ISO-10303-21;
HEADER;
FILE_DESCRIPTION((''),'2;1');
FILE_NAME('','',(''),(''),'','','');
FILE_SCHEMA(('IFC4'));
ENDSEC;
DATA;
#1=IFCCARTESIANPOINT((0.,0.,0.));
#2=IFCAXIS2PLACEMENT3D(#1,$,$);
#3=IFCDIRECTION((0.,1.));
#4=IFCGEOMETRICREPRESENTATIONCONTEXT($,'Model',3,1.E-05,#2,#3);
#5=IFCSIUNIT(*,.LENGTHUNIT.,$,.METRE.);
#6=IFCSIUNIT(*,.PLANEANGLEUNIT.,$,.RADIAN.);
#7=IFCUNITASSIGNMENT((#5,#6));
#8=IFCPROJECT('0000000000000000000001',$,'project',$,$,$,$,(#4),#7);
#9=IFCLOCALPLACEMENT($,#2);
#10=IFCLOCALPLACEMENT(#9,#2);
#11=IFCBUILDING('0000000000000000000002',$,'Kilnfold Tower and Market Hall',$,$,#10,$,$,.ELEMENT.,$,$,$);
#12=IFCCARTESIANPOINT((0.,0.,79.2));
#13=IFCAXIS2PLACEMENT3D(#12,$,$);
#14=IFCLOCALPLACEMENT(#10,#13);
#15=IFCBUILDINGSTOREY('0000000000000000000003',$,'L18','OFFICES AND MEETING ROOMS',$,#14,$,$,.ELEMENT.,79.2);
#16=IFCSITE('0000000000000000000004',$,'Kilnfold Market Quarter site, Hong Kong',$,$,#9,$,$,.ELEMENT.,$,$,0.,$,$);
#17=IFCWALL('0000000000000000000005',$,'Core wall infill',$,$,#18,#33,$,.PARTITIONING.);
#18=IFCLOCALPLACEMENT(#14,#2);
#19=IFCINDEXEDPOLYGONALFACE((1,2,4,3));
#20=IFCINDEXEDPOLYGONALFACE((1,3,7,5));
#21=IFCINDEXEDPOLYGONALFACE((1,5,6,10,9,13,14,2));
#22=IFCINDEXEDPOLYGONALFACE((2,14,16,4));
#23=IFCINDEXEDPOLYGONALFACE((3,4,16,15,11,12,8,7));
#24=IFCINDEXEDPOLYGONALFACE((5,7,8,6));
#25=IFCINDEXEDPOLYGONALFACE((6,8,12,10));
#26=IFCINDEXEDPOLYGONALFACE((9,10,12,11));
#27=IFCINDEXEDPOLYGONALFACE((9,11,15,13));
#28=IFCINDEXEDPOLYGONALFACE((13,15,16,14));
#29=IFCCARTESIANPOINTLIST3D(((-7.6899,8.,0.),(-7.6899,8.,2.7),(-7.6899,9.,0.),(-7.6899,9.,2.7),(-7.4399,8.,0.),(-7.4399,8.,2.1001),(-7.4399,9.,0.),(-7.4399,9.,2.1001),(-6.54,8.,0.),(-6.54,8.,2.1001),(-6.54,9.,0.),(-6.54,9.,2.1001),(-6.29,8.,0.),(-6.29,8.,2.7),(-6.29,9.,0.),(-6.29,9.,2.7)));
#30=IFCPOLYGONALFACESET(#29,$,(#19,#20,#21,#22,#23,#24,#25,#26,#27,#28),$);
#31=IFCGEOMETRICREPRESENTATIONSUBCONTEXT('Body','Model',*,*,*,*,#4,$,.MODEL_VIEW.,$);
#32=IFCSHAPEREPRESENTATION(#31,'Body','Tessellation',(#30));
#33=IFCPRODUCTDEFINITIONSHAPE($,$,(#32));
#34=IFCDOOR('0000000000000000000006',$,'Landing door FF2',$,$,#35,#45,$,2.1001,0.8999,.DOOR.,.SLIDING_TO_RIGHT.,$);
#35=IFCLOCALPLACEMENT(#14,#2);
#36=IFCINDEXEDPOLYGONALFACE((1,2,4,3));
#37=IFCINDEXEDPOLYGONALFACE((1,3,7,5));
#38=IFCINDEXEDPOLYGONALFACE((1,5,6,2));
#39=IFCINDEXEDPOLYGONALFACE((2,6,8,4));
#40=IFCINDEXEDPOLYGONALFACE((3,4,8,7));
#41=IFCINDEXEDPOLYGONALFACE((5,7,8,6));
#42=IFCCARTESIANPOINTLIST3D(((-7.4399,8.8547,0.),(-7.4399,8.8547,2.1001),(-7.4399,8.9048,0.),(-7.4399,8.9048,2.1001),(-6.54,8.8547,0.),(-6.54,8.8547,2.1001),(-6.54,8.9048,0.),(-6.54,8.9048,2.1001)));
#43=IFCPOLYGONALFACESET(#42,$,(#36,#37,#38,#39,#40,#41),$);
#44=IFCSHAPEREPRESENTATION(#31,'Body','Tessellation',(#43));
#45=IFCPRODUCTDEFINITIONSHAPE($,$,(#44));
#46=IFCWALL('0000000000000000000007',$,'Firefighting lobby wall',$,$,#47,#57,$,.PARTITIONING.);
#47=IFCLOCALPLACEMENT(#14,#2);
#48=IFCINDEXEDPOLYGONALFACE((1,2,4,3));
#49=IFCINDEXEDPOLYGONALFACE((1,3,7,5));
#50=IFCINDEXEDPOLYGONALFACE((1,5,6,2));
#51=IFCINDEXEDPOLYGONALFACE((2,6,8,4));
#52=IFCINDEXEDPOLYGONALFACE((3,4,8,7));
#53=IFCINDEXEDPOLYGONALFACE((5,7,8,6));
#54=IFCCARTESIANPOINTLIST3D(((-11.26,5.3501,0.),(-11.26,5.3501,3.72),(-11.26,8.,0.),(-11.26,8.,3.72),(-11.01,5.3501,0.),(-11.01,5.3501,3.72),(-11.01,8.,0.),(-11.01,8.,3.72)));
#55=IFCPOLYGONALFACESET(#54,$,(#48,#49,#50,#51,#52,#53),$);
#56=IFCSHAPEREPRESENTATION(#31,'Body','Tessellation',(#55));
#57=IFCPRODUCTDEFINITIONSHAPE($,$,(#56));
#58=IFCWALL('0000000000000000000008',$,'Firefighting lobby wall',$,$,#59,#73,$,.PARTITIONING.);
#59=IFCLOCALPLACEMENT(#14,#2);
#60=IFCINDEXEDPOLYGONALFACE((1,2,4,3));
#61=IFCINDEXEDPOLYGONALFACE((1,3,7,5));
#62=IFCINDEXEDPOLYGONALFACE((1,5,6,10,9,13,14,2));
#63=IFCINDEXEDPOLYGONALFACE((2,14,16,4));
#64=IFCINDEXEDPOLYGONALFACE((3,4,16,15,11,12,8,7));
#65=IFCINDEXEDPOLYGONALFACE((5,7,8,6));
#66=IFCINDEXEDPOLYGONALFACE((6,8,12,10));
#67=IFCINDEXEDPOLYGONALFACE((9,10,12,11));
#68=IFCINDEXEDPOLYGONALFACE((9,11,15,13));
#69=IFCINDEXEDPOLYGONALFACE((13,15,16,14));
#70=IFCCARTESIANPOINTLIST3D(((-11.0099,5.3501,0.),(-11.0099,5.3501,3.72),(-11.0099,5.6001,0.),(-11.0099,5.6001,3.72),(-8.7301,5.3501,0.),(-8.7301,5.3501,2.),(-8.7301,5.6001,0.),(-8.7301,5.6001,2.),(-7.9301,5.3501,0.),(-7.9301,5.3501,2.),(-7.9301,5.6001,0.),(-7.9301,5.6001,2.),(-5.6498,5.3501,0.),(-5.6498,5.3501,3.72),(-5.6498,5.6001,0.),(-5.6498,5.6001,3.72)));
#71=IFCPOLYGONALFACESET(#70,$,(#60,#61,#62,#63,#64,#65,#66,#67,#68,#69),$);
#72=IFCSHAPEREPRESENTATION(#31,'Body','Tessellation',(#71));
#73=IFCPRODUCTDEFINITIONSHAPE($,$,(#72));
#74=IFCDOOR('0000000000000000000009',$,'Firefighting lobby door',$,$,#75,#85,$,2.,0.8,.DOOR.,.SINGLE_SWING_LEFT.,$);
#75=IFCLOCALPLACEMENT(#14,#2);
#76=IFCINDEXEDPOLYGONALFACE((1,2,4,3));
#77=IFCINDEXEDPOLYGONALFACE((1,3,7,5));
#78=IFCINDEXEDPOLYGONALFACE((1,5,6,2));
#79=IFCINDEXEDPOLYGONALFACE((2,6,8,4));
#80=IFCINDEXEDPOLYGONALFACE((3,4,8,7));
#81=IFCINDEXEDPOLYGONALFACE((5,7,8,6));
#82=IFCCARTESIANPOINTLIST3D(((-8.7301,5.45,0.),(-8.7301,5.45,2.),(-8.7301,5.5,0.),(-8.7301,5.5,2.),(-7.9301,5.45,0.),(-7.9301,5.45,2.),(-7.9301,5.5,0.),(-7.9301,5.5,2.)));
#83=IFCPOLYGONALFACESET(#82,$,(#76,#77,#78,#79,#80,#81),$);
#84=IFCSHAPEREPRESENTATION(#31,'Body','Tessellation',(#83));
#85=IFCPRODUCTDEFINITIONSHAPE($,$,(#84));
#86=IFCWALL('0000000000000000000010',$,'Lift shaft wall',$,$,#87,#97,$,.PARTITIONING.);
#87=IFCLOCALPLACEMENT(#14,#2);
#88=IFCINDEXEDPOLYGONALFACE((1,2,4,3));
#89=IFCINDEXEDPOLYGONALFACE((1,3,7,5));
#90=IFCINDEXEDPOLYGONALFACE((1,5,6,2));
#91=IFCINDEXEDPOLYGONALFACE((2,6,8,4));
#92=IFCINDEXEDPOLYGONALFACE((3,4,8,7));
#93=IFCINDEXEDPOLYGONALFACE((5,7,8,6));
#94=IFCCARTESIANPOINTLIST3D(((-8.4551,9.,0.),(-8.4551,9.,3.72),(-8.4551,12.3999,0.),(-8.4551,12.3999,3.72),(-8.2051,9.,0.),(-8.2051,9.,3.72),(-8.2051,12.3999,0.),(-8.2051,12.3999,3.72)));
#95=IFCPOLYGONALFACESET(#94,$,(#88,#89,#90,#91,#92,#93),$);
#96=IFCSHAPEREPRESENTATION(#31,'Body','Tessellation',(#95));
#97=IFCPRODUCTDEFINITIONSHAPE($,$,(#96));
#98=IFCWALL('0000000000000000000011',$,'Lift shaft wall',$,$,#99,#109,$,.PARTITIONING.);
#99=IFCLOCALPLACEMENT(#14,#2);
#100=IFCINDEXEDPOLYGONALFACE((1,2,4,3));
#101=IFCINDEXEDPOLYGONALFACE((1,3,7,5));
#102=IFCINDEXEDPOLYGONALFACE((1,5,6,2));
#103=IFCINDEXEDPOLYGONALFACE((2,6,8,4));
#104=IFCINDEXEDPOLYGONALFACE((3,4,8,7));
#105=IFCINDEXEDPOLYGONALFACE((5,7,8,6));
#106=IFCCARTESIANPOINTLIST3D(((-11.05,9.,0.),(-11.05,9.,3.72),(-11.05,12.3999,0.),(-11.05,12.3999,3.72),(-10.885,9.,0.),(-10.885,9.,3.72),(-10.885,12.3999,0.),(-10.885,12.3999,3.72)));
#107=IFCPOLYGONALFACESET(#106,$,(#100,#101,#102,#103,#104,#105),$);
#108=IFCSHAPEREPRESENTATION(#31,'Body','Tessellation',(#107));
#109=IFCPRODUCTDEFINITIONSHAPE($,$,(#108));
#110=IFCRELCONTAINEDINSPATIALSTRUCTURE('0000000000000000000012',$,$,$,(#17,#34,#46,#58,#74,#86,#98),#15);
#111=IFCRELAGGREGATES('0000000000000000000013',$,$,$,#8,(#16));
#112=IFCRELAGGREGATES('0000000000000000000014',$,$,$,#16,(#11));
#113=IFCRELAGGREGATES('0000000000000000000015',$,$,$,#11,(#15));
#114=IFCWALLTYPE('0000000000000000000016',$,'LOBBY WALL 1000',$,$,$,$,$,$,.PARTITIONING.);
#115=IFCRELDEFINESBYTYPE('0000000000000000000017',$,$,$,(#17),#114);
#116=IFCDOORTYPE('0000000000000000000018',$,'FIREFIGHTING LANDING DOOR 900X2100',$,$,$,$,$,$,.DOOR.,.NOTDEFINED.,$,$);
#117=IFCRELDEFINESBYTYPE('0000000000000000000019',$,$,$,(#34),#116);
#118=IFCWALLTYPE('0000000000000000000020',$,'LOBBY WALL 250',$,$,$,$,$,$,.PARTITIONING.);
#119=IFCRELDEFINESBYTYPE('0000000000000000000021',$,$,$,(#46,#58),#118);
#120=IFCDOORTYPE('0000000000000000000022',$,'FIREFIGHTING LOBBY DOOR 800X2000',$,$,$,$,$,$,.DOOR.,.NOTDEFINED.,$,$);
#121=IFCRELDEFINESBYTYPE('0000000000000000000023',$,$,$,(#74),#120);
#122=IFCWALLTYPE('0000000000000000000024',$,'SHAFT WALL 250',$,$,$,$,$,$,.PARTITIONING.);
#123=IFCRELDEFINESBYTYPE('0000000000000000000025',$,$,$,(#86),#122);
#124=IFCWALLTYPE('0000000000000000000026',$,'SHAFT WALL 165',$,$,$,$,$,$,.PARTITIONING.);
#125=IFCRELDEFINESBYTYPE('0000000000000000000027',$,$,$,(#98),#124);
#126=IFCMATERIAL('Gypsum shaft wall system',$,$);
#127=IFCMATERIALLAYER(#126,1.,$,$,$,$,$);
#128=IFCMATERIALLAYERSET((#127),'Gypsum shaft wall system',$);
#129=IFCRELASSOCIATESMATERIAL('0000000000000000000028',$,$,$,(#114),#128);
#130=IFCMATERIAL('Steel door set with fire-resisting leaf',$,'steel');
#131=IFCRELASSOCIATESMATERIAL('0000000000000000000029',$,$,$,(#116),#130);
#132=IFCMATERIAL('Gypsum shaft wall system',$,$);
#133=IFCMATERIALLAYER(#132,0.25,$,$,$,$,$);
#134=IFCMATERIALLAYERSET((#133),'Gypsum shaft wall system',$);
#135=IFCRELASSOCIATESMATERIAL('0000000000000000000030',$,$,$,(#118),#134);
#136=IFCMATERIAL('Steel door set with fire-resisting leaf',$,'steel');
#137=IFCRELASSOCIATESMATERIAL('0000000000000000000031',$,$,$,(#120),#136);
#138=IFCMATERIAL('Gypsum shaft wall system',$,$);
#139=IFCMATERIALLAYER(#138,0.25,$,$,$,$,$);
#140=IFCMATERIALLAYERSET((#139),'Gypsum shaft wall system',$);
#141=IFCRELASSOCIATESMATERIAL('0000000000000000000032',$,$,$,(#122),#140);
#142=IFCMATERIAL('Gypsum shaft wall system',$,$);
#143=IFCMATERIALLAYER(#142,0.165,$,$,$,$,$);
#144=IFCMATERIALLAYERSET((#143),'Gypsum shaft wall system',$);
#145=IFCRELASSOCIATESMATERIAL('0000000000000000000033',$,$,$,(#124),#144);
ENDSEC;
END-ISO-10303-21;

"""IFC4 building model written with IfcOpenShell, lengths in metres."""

from ifc_helpers import new_model, si_unit, direction, frame, frame_2d, origin, place, context, subcontext, project, spatial, rectangle, extrude, source, transform, mapped, material, layer, layer_set, type_object, element, fill, save


model = new_model("IFC4")

# Units and contexts
model_context = context("Model", 3, precision=1e-05, world=origin(), true_north=direction((0.0, 1.0)))
body_context = subcontext(model_context, "Body", "Model", "MODEL_VIEW")
ifc_project = project(units=[si_unit("LENGTHUNIT", "METRE"), si_unit("PLANEANGLEUNIT", "RADIAN")], contexts=[model_context])

# Site, building, storey
site_placement = place(None, origin())
site = spatial("IfcSite", under=ifc_project, at=site_placement, Name="Kilnfold Market Quarter site, Hong Kong", CompositionType="ELEMENT", RefElevation=0.0)
building_placement = place(site_placement, origin())
building = spatial("IfcBuilding", under=site, at=building_placement, Name="Kilnfold Tower and Market Hall", CompositionType="ELEMENT")
storey_placement = place(building_placement, frame((0.0, 0.0, 79.2)))
storey = spatial("IfcBuildingStorey", under=building, at=storey_placement, Name="L18", Description="OFFICES AND MEETING ROOMS", CompositionType="ELEMENT", Elevation=79.2)

# Wall, opening, door
ifc_material_1 = material(Name="Gypsum shaft wall system")
ifc_layer_1 = layer(ifc_material_1, 1.0)
ifc_layer_set_1 = layer_set([ifc_layer_1], Name="Gypsum shaft wall system")
wall_type_1 = type_object("IfcWallType", Name="LOBBY WALL 1000", PredefinedType="PARTITIONING", material=ifc_layer_set_1)
ifc_material_2 = material(Name="Steel door set with fire-resisting leaf", Category="steel")
door_type_1 = type_object("IfcDoorType", Name="FIREFIGHTING LANDING DOOR 900X2100", OperationType="NOTDEFINED", PredefinedType="DOOR", material=ifc_material_2)
shared_shape_1 = source(origin(), body_context, "Body", "SweptSolid", [
    extrude(rectangle(XDim=1.3999, YDim=1.0, at=frame_2d((0.7, 0.0))), origin(), (0.0, 0.0, 1.0), 2.7),
])
wall_1_placement = place(storey_placement, frame((-7.6899, 8.5, 0.0), z_axis=(0.0, 0.0, 1.0), x_axis=(1.0, 0.0, 0.0)))
wall_1 = element("IfcWall", 1, at=wall_1_placement, inside=storey, type_object=wall_type_1, Name="Core wall infill", PredefinedType="PARTITIONING", context=body_context, shape_type="MappedRepresentation", body=[
    mapped(shared_shape_1, transform((0.0, 0.0, 0.0))),
])
opening_1_placement = place(wall_1_placement, frame((0.25, 0.0, 0.0)))
opening_1 = element("IfcOpeningElement", 2, at=opening_1_placement, cuts=wall_1, PredefinedType="OPENING", context=body_context, shape_type="SweptSolid", body=[
    extrude(rectangle(XDim=0.8999, YDim=2.1001, at=frame_2d((0.45, 1.05))), frame((0.0, 0.51, 0.0), z_axis=(0.0, -1.0, 0.0), x_axis=(1.0, 0.0, 0.0)), (0.0, 0.0, 1.0), 1.02),
])
door_1_placement = place(opening_1_placement, origin())
door_1 = element("IfcDoor", 3, at=door_1_placement, inside=storey, type_object=door_type_1, Name="Landing door FF2", OperationType="SLIDING_TO_RIGHT", OverallHeight=2.1001, OverallWidth=0.8999, PredefinedType="DOOR", context=body_context, shape_type="SweptSolid", body=[
    extrude(rectangle(XDim=0.8999, YDim=2.1001, at=frame_2d((0.45, 1.05))), frame((0.0, 0.4048, 0.0), z_axis=(0.0, -1.0, 0.0), x_axis=(1.0, 0.0, 0.0)), (0.0, 0.0, 1.0), 0.05),
])
fill(opening_1, door_1)

# Wall
ifc_material_3 = material(Name="Gypsum shaft wall system")
ifc_layer_2 = layer(ifc_material_3, 0.25)
ifc_layer_set_2 = layer_set([ifc_layer_2], Name="Gypsum shaft wall system")
wall_type_2 = type_object("IfcWallType", Name="LOBBY WALL 250", PredefinedType="PARTITIONING", material=ifc_layer_set_2)
shared_shape_2 = source(origin(), body_context, "Body", "SweptSolid", [
    extrude(rectangle(XDim=2.6499, YDim=0.25, at=frame_2d((1.325, 0.0))), origin(), (0.0, 0.0, 1.0), 3.72),
])
wall_2_placement = place(storey_placement, frame((-11.135, 5.3501, 0.0), z_axis=(0.0, 0.0, 1.0), x_axis=(0.0, 1.0, 0.0)))
element("IfcWall", 4, at=wall_2_placement, inside=storey, type_object=wall_type_2, Name="Firefighting lobby wall", PredefinedType="PARTITIONING", context=body_context, shape_type="MappedRepresentation", body=[
    mapped(shared_shape_2, transform((0.0, 0.0, 0.0))),
])

# Wall, opening, door
shared_shape_3 = source(origin(), body_context, "Body", "SweptSolid", [
    extrude(rectangle(XDim=5.3601, YDim=0.25, at=frame_2d((2.6802, 0.0))), origin(), (0.0, 0.0, 1.0), 3.72),
])
wall_3_placement = place(storey_placement, frame((-11.01, 5.4751, 0.0), z_axis=(0.0, 0.0, 1.0), x_axis=(1.0, 0.0, 0.0)))
wall_3 = element("IfcWall", 5, at=wall_3_placement, inside=storey, type_object=wall_type_2, Name="Firefighting lobby wall", PredefinedType="PARTITIONING", context=body_context, shape_type="MappedRepresentation", body=[
    mapped(shared_shape_3, transform((0.0, 0.0, 0.0))),
])
opening_2_placement = place(wall_3_placement, frame((2.28, 0.0, 0.0)))
opening_2 = element("IfcOpeningElement", 6, at=opening_2_placement, cuts=wall_3, PredefinedType="OPENING", context=body_context, shape_type="SweptSolid", body=[
    extrude(rectangle(XDim=0.8, YDim=2.0, at=frame_2d((0.3999, 1.0))), frame((0.0, 0.135, 0.0), z_axis=(0.0, -1.0, 0.0), x_axis=(1.0, 0.0, 0.0)), (0.0, 0.0, 1.0), 0.27),
])
ifc_material_4 = material(Name="Steel door set with fire-resisting leaf", Category="steel")
door_type_2 = type_object("IfcDoorType", Name="FIREFIGHTING LOBBY DOOR 800X2000", OperationType="NOTDEFINED", PredefinedType="DOOR", material=ifc_material_4)
door_2_placement = place(opening_2_placement, origin())
door_2 = element("IfcDoor", 7, at=door_2_placement, inside=storey, type_object=door_type_2, Name="Firefighting lobby door", OperationType="SINGLE_SWING_LEFT", OverallHeight=2.0, OverallWidth=0.8, PredefinedType="DOOR", context=body_context, shape_type="SweptSolid", body=[
    extrude(rectangle(XDim=0.8, YDim=2.0, at=frame_2d((0.3999, 1.0))), frame((0.0, 0.0249, 0.0), z_axis=(0.0, -1.0, 0.0), x_axis=(1.0, 0.0, 0.0)), (0.0, 0.0, 1.0), 0.05),
])
fill(opening_2, door_2)

# Walls
ifc_material_5 = material(Name="Gypsum shaft wall system")
ifc_layer_3 = layer(ifc_material_5, 0.25)
ifc_layer_set_3 = layer_set([ifc_layer_3], Name="Gypsum shaft wall system")
wall_type_3 = type_object("IfcWallType", Name="SHAFT WALL 250", PredefinedType="PARTITIONING", material=ifc_layer_set_3)
shared_shape_4 = source(origin(), body_context, "Body", "SweptSolid", [
    extrude(rectangle(XDim=3.3999, YDim=0.25, at=frame_2d((1.7, 0.0))), origin(), (0.0, 0.0, 1.0), 3.72),
])
wall_4_placement = place(storey_placement, frame((-8.3301, 9.0, 0.0), z_axis=(0.0, 0.0, 1.0), x_axis=(0.0, 1.0, 0.0)))
element("IfcWall", 8, at=wall_4_placement, inside=storey, type_object=wall_type_3, Name="Lift shaft wall", PredefinedType="PARTITIONING", context=body_context, shape_type="MappedRepresentation", body=[
    mapped(shared_shape_4, transform((0.0, 0.0, 0.0))),
])
ifc_material_6 = material(Name="Gypsum shaft wall system")
ifc_layer_4 = layer(ifc_material_6, 0.165)
ifc_layer_set_4 = layer_set([ifc_layer_4], Name="Gypsum shaft wall system")
wall_type_4 = type_object("IfcWallType", Name="SHAFT WALL 165", PredefinedType="PARTITIONING", material=ifc_layer_set_4)
shared_shape_5 = source(origin(), body_context, "Body", "SweptSolid", [
    extrude(rectangle(XDim=3.3999, YDim=0.165, at=frame_2d((1.7, 0.0))), origin(), (0.0, 0.0, 1.0), 3.72),
])
wall_5_placement = place(storey_placement, frame((-10.9675, 9.0, 0.0), z_axis=(0.0, 0.0, 1.0), x_axis=(0.0, 1.0, 0.0)))
element("IfcWall", 9, at=wall_5_placement, inside=storey, type_object=wall_type_4, Name="Lift shaft wall", PredefinedType="PARTITIONING", context=body_context, shape_type="MappedRepresentation", body=[
    mapped(shared_shape_5, transform((0.0, 0.0, 0.0))),
])

save(model, "model.ifc")
